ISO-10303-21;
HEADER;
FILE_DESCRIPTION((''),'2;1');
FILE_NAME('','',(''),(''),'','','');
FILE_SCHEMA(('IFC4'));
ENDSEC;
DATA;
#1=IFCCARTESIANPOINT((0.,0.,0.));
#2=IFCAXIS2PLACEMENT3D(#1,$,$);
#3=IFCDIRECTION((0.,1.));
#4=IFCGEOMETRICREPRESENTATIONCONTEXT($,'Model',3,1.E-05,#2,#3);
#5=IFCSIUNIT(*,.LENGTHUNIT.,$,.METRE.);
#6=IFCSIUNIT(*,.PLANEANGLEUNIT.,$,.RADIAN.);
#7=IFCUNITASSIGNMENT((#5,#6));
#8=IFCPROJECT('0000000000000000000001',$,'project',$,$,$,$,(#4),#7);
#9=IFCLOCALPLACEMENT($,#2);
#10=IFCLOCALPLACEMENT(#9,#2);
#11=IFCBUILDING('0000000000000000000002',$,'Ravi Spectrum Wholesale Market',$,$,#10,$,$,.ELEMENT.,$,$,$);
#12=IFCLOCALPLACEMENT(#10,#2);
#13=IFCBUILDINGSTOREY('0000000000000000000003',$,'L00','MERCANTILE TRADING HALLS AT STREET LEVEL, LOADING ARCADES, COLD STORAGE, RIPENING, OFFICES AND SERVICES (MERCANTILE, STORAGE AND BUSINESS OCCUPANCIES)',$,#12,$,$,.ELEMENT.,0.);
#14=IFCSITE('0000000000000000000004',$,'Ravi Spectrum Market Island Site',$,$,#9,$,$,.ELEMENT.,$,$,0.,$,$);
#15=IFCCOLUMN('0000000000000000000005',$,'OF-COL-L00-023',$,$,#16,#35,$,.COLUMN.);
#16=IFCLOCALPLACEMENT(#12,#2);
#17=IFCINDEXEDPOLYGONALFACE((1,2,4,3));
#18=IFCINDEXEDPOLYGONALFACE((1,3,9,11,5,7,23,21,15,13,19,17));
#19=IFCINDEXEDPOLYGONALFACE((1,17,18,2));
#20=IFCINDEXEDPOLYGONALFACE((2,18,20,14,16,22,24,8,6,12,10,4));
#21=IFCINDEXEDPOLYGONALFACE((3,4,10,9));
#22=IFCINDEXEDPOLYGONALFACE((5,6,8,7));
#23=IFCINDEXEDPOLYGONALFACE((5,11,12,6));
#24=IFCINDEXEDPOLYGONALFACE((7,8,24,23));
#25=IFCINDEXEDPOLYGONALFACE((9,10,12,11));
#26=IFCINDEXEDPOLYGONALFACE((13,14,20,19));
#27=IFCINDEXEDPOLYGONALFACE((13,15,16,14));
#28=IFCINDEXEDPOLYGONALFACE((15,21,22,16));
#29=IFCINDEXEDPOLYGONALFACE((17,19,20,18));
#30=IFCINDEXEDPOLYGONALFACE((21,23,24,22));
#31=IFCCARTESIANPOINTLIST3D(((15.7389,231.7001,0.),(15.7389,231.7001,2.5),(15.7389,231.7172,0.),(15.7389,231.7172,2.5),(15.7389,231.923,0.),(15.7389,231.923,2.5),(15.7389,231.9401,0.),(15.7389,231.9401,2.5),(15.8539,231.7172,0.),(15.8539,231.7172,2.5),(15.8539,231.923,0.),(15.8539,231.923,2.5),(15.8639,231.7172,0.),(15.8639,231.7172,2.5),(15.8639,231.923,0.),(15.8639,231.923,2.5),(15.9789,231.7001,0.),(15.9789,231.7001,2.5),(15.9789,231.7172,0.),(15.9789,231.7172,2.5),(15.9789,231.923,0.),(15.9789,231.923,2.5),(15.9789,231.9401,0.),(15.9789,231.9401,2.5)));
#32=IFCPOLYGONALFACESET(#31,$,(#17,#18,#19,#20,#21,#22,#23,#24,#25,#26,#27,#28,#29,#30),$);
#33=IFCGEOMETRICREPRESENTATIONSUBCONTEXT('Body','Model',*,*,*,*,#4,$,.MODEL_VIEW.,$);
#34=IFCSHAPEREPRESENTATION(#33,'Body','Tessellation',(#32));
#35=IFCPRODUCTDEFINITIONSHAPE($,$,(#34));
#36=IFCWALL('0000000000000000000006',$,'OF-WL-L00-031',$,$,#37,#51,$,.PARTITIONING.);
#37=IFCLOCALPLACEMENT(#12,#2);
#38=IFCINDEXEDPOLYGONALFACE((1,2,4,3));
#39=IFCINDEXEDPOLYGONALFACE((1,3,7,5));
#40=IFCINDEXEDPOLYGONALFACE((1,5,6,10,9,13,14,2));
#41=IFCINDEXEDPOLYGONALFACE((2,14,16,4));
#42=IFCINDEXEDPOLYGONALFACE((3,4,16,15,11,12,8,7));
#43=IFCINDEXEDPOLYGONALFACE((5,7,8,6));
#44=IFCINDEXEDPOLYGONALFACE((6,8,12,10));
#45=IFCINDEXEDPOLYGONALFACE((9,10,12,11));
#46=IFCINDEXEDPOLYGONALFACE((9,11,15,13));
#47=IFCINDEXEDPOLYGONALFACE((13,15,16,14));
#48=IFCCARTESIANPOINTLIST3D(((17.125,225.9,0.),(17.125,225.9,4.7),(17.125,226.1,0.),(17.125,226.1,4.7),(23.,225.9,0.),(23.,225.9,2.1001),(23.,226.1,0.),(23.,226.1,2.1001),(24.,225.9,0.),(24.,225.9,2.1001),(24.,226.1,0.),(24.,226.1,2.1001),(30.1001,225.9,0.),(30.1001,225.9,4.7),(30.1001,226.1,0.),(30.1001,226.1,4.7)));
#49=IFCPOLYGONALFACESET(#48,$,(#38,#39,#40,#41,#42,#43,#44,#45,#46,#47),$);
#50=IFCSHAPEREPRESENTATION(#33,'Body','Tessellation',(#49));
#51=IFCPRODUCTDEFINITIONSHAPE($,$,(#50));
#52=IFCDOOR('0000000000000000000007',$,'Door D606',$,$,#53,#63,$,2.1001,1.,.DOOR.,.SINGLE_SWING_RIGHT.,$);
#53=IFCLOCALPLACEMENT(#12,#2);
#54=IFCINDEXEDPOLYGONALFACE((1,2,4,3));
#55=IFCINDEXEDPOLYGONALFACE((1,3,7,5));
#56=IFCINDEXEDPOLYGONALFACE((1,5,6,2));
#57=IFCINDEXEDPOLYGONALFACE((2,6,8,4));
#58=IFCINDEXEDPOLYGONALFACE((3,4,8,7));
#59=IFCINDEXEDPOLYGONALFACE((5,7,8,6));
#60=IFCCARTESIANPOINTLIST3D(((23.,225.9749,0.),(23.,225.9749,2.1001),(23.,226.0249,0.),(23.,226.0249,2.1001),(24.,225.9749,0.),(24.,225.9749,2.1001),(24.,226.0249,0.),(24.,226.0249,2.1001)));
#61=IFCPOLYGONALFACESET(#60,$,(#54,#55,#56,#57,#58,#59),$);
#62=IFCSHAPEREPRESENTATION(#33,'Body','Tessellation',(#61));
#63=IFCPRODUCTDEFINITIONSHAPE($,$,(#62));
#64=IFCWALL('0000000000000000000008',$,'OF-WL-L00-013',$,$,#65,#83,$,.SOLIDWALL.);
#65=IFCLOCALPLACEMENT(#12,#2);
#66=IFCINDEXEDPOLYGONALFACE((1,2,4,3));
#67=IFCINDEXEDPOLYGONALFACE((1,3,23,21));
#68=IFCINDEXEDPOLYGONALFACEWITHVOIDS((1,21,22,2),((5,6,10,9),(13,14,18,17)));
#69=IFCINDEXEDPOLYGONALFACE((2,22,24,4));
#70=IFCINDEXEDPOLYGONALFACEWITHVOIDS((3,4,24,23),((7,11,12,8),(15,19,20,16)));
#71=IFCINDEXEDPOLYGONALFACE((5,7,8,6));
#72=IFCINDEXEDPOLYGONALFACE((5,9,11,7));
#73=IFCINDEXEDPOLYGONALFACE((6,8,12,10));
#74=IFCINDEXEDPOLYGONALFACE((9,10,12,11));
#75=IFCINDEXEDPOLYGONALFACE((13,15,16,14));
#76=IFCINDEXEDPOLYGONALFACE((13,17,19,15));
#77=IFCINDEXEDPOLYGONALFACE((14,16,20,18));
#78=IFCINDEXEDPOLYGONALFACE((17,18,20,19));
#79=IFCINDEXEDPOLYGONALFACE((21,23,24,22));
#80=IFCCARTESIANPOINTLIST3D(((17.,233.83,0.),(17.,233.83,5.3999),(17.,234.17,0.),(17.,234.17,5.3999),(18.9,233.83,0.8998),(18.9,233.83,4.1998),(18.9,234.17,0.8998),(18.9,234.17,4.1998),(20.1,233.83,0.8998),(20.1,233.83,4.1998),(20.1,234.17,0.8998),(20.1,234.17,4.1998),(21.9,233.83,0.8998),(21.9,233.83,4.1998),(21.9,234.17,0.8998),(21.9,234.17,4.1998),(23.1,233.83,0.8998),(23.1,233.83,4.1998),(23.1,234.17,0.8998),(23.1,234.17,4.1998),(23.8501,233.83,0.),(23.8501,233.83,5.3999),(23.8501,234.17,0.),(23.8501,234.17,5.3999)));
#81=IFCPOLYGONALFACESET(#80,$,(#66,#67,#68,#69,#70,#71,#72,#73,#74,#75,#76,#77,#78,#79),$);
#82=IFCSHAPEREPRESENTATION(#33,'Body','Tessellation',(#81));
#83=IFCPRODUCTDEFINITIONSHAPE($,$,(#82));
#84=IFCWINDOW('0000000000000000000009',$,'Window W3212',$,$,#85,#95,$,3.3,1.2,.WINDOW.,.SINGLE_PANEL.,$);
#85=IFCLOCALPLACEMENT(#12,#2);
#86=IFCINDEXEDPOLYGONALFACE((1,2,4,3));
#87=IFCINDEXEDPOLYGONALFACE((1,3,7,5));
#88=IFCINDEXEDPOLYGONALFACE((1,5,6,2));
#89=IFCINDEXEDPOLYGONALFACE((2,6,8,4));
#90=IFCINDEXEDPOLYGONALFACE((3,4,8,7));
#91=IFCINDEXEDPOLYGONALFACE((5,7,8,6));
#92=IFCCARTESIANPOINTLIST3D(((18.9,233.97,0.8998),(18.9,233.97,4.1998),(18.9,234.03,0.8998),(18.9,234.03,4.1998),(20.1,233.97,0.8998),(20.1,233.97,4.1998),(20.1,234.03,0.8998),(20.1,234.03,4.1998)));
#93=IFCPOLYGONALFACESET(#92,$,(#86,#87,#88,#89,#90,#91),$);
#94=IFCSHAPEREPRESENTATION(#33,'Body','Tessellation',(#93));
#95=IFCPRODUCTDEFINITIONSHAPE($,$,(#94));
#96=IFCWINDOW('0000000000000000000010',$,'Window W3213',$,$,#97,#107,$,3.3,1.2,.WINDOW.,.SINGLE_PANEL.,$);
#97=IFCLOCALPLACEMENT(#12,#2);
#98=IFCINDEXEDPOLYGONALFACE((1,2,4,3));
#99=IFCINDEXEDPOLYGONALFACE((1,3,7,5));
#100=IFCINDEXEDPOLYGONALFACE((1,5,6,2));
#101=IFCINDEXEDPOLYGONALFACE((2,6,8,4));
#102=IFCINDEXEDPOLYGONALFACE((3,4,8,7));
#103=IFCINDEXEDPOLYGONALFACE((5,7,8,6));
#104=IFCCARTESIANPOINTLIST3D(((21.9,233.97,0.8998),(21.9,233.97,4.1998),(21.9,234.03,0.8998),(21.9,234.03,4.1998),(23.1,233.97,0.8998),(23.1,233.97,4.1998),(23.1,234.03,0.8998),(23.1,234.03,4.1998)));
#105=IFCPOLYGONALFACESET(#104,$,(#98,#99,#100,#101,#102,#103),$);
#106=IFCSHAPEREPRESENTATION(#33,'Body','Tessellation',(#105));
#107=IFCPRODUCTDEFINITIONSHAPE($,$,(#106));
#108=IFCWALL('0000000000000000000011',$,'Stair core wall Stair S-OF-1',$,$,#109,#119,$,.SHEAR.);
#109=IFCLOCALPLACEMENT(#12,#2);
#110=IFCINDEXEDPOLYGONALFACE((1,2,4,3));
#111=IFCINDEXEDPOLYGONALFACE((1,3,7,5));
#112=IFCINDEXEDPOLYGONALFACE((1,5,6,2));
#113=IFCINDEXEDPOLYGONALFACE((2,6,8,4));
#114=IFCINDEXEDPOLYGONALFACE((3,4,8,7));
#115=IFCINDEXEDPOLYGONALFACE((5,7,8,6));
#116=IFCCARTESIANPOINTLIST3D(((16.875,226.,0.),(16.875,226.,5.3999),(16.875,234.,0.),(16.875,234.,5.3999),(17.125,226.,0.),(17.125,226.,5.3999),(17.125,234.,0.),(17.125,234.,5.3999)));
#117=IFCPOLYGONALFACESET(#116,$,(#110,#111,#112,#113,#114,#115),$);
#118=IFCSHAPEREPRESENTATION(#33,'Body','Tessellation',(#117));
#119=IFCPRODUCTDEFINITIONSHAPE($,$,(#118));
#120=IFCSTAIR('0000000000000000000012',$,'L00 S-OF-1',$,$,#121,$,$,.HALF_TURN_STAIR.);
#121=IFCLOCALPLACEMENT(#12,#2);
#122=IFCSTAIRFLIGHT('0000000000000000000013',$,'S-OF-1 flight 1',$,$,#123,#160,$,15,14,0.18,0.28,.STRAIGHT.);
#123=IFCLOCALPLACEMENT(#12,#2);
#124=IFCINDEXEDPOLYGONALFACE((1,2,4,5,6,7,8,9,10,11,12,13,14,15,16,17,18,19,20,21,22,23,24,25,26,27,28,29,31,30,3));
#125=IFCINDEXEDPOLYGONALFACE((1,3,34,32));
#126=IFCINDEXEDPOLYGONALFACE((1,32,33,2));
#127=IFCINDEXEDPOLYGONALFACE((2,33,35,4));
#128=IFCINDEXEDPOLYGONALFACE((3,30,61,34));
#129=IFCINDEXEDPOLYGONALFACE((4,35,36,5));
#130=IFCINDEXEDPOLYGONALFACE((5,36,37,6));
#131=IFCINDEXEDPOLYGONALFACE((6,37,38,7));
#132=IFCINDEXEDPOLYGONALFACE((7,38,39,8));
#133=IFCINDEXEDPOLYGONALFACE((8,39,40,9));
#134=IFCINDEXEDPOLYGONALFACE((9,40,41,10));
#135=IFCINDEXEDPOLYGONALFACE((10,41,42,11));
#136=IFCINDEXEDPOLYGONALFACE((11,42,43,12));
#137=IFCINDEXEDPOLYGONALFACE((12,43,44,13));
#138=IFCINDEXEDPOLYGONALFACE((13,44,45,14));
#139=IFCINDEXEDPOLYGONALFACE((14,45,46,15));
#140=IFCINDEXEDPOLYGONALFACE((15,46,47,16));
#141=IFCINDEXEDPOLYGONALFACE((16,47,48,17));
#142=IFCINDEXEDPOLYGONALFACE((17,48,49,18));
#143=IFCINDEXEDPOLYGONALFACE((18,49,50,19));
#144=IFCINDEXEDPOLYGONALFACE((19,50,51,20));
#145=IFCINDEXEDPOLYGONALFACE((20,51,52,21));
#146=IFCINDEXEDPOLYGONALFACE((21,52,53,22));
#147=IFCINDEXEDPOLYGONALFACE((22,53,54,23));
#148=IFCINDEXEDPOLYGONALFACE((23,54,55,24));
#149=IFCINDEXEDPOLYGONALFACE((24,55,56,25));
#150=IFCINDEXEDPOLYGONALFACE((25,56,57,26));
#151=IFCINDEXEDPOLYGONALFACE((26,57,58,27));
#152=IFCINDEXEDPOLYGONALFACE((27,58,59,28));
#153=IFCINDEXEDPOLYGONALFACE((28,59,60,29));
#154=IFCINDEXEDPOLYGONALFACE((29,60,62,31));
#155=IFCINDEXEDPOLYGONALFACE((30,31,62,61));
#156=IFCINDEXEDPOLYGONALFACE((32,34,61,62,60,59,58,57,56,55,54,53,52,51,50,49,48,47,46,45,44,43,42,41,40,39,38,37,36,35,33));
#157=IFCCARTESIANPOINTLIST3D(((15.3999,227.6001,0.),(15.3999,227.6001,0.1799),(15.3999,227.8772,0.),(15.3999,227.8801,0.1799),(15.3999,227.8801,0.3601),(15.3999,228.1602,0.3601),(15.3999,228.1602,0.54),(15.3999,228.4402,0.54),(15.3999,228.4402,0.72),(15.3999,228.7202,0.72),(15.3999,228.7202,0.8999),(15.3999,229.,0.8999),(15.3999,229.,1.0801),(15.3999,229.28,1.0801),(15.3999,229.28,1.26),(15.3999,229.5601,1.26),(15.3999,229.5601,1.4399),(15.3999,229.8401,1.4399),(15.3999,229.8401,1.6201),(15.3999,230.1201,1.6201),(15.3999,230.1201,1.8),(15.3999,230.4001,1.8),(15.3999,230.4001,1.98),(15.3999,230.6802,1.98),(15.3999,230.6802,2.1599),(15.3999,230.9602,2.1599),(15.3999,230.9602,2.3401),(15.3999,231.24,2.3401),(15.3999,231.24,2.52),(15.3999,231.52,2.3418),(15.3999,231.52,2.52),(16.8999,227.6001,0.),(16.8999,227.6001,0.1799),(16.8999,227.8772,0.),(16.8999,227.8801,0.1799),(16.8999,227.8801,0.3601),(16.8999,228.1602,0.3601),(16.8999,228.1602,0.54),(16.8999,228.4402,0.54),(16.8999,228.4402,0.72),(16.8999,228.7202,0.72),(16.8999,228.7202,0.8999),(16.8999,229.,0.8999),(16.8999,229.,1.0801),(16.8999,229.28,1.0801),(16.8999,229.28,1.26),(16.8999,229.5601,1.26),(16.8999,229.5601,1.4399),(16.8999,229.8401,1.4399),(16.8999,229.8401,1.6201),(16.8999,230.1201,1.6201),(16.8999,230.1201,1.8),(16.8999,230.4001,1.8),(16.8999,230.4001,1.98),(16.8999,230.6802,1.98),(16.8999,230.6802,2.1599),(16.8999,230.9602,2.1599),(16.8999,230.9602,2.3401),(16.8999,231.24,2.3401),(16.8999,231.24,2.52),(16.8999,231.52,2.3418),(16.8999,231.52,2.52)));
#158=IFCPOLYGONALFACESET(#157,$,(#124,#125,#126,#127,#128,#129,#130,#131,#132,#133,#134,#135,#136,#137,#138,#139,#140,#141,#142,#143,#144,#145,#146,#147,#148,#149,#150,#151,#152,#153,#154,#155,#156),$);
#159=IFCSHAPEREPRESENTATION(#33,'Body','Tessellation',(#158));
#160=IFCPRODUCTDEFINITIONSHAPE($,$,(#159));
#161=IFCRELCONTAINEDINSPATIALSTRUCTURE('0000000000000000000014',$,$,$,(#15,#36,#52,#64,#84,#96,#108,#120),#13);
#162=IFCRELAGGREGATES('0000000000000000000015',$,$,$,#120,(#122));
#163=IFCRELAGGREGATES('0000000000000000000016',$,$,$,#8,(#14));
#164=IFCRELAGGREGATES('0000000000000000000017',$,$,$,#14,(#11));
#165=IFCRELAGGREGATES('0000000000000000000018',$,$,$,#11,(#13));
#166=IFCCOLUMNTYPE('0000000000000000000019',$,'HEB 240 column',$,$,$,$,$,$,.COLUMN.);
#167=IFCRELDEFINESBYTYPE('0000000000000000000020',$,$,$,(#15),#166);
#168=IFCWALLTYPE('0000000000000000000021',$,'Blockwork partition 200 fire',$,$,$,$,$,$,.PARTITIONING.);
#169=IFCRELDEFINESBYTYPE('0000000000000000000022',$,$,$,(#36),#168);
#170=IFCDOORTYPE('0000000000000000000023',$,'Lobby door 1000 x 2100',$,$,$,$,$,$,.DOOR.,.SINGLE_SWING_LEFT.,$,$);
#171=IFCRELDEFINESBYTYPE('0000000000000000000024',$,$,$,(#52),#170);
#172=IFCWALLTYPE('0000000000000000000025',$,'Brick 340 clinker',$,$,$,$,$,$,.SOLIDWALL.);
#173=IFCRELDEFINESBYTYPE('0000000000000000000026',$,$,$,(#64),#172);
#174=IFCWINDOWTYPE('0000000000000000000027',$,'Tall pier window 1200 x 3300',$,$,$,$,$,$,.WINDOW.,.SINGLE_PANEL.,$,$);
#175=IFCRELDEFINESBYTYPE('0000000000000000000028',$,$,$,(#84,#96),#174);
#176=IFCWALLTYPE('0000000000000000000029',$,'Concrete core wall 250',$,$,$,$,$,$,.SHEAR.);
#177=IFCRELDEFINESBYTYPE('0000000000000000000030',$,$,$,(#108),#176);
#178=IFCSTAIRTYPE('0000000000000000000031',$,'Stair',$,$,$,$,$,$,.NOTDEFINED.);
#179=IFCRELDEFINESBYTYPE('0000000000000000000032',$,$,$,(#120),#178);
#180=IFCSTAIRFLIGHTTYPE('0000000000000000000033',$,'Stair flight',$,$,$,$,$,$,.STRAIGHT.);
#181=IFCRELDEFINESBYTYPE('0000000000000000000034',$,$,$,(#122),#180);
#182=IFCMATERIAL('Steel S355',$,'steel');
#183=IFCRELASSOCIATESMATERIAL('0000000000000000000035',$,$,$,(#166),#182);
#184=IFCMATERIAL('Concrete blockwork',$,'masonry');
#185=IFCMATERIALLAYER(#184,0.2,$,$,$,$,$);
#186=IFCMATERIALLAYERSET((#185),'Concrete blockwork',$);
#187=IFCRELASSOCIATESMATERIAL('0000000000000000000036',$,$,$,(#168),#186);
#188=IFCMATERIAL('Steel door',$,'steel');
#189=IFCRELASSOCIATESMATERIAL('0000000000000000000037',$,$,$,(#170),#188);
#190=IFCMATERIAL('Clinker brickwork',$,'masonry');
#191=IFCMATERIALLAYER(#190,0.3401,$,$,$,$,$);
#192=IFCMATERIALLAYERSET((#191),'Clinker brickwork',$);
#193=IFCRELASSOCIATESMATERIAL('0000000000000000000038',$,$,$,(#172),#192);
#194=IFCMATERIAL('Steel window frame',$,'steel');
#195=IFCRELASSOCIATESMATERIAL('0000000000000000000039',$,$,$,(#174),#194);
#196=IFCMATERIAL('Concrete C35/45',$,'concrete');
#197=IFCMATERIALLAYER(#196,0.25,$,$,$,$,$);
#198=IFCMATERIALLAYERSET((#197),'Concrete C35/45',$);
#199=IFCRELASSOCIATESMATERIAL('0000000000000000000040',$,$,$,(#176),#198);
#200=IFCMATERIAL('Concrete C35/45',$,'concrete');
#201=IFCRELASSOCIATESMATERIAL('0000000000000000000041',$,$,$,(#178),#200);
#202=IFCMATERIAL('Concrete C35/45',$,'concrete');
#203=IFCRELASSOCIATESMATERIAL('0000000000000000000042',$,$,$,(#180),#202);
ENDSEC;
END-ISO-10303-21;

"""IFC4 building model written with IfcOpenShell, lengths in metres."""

from ifc_helpers import new_model, si_unit, direction, frame, frame_2d, origin, origin_2d, place, context, subcontext, project, spatial, polyline, rectangle, i_section, outline, extrude, material, layer, layer_set, material_profile, profile_set, type_object, element, fill, aggregate, save


model = new_model("IFC4")

# Units and contexts
model_context = context("Model", 3, precision=1e-05, world=origin(), true_north=direction((0.0, 1.0)))
body_context = subcontext(model_context, "Body", "Model", "MODEL_VIEW")
ifc_project = project(units=[si_unit("LENGTHUNIT", "METRE"), si_unit("PLANEANGLEUNIT", "RADIAN")], contexts=[model_context])

# Site, building, storey
site_placement = place(None, origin())
site = spatial("IfcSite", under=ifc_project, at=site_placement, Name="Ravi Spectrum Market Island Site", CompositionType="ELEMENT", RefElevation=0.0)
building_placement = place(site_placement, origin())
building = spatial("IfcBuilding", under=site, at=building_placement, Name="Ravi Spectrum Wholesale Market", CompositionType="ELEMENT")
storey_placement = place(building_placement, origin())
storey = spatial("IfcBuildingStorey", under=building, at=storey_placement, Name="L00", Description="MERCANTILE TRADING HALLS AT STREET LEVEL, LOADING ARCADES, COLD STORAGE, RIPENING, OFFICES AND SERVICES (MERCANTILE, STORAGE AND BUSINESS OCCUPANCIES)", CompositionType="ELEMENT", Elevation=0.0)

# Column
ifc_material_1 = material(Name="Steel S355", Category="steel")
ifc_material_profile_1 = material_profile(ifc_material_1, i_section(OverallWidth=0.24, OverallDepth=0.24, WebThickness=0.01, FlangeThickness=0.0171, at=origin_2d()))
ifc_profile_set_1 = profile_set([ifc_material_profile_1], Name="Steel S355")
column_type = type_object("IfcColumnType", Name="HEB 240 column", PredefinedType="COLUMN", material=ifc_profile_set_1)
for number, where, z_axis, x_axis, name in (
    (1, (15.8589, 231.8201, 0.0), (0.0, 0.0, 1.0), (1.0, 0.0, 0.0), "OF-COL-L00-023"),
):
    element("IfcColumn", number, at=place(storey_placement, frame(where, z_axis=z_axis, x_axis=x_axis)), inside=storey, type_object=column_type, Name=name, PredefinedType="COLUMN", context=body_context, shape_type="SweptSolid", body=[
        extrude(i_section(OverallWidth=0.24, OverallDepth=0.24, WebThickness=0.01, FlangeThickness=0.0171, at=origin_2d()), origin(), (0.0, 0.0, 1.0), 2.5),
    ])

# Wall, opening, door
ifc_material_2 = material(Name="Concrete blockwork", Category="masonry")
ifc_layer_1 = layer(ifc_material_2, 0.2)
ifc_layer_set_1 = layer_set([ifc_layer_1], Name="Concrete blockwork")
wall_type_1 = type_object("IfcWallType", Name="Blockwork partition 200 fire", PredefinedType="PARTITIONING", material=ifc_layer_set_1)
wall_1_placement = place(storey_placement, frame((17.125, 226.0, 0.0), z_axis=(0.0, 0.0, 1.0), x_axis=(1.0, 0.0, 0.0)))
wall_1 = element("IfcWall", 2, at=wall_1_placement, inside=storey, type_object=wall_type_1, Name="OF-WL-L00-031", PredefinedType="PARTITIONING", context=body_context, shape_type="SweptSolid", body=[
    extrude(rectangle(XDim=12.9751, YDim=0.2, at=frame_2d((6.4875, 0.0))), origin(), (0.0, 0.0, 1.0), 4.7),
])
opening_1_placement = place(wall_1_placement, frame((5.875, 0.0, 0.0)))
opening_1 = element("IfcOpeningElement", 3, at=opening_1_placement, cuts=wall_1, PredefinedType="OPENING", context=body_context, shape_type="SweptSolid", body=[
    extrude(rectangle(XDim=1.0, YDim=2.1001, at=frame_2d((0.5, 1.05))), frame((0.0, 0.1099, 0.0), z_axis=(0.0, -1.0, 0.0), x_axis=(1.0, 0.0, 0.0)), (0.0, 0.0, 1.0), 0.22),
])
ifc_material_3 = material(Name="Steel door", Category="steel")
door_type = type_object("IfcDoorType", Name="Lobby door 1000 x 2100", OperationType="SINGLE_SWING_LEFT", PredefinedType="DOOR", material=ifc_material_3)
door_placement = place(opening_1_placement, origin())
door = element("IfcDoor", 4, at=door_placement, inside=storey, type_object=door_type, Name="Door D606", OperationType="SINGLE_SWING_RIGHT", OverallHeight=2.1001, OverallWidth=1.0, PredefinedType="DOOR", context=body_context, shape_type="SweptSolid", body=[
    extrude(rectangle(XDim=1.0, YDim=2.1001, at=frame_2d((0.5, 1.05))), frame((0.0, 0.0249, 0.0), z_axis=(0.0, -1.0, 0.0), x_axis=(1.0, 0.0, 0.0)), (0.0, 0.0, 1.0), 0.05),
])
fill(opening_1, door)

# Wall, openings, windows
ifc_material_4 = material(Name="Clinker brickwork", Category="masonry")
ifc_layer_2 = layer(ifc_material_4, 0.3401)
ifc_layer_set_2 = layer_set([ifc_layer_2], Name="Clinker brickwork")
wall_type_2 = type_object("IfcWallType", Name="Brick 340 clinker", PredefinedType="SOLIDWALL", material=ifc_layer_set_2)
wall_2_placement = place(storey_placement, frame((17.0, 234.0, 0.0), z_axis=(0.0, 0.0, 1.0), x_axis=(1.0, 0.0, 0.0)))
wall_2 = element("IfcWall", 5, at=wall_2_placement, inside=storey, type_object=wall_type_2, Name="OF-WL-L00-013", PredefinedType="SOLIDWALL", context=body_context, shape_type="SweptSolid", body=[
    extrude(rectangle(XDim=6.8501, YDim=0.3401, at=frame_2d((3.425, 0.0))), origin(), (0.0, 0.0, 1.0), 5.3999),
])
opening_2_placement = place(wall_2_placement, frame((1.8999, 0.0, 0.8999)))
opening_2 = element("IfcOpeningElement", 6, at=opening_2_placement, cuts=wall_2, PredefinedType="OPENING", context=body_context, shape_type="SweptSolid", body=[
    extrude(rectangle(XDim=1.2, YDim=3.3, at=frame_2d((0.6001, 1.6499))), frame((0.0, 0.1799, 0.0), z_axis=(0.0, -1.0, 0.0), x_axis=(1.0, 0.0, 0.0)), (0.0, 0.0, 1.0), 0.3601),
])
opening_3_placement = place(wall_2_placement, frame((4.8999, 0.0, 0.8999)))
opening_3 = element("IfcOpeningElement", 7, at=opening_3_placement, cuts=wall_2, PredefinedType="OPENING", context=body_context, shape_type="SweptSolid", body=[
    extrude(rectangle(XDim=1.2, YDim=3.3, at=frame_2d((0.6001, 1.6499))), frame((0.0, 0.1799, 0.0), z_axis=(0.0, -1.0, 0.0), x_axis=(1.0, 0.0, 0.0)), (0.0, 0.0, 1.0), 0.3601),
])
ifc_material_5 = material(Name="Steel window frame", Category="steel")
window_type = type_object("IfcWindowType", Name="Tall pier window 1200 x 3300", PartitioningType="SINGLE_PANEL", PredefinedType="WINDOW", material=ifc_material_5)
window_1_placement = place(opening_2_placement, origin())
window_1 = element("IfcWindow", 8, at=window_1_placement, inside=storey, type_object=window_type, Name="Window W3212", OverallHeight=3.3, OverallWidth=1.2, PartitioningType="SINGLE_PANEL", PredefinedType="WINDOW", context=body_context, shape_type="SweptSolid", body=[
    extrude(rectangle(XDim=1.2, YDim=3.3, at=frame_2d((0.6001, 1.6499))), frame((0.0, 0.03, 0.0), z_axis=(0.0, -1.0, 0.0), x_axis=(1.0, 0.0, 0.0)), (0.0, 0.0, 1.0), 0.0601),
])
fill(opening_2, window_1)
window_2_placement = place(opening_3_placement, origin())
window_2 = element("IfcWindow", 9, at=window_2_placement, inside=storey, type_object=window_type, Name="Window W3213", OverallHeight=3.3, OverallWidth=1.2, PartitioningType="SINGLE_PANEL", PredefinedType="WINDOW", context=body_context, shape_type="SweptSolid", body=[
    extrude(rectangle(XDim=1.2, YDim=3.3, at=frame_2d((0.6001, 1.6499))), frame((0.0, 0.03, 0.0), z_axis=(0.0, -1.0, 0.0), x_axis=(1.0, 0.0, 0.0)), (0.0, 0.0, 1.0), 0.0601),
])
fill(opening_3, window_2)

# Wall
ifc_material_6 = material(Name="Concrete C35/45", Category="concrete")
ifc_layer_3 = layer(ifc_material_6, 0.25)
ifc_layer_set_3 = layer_set([ifc_layer_3], Name="Concrete C35/45")
wall_type_3 = type_object("IfcWallType", Name="Concrete core wall 250", PredefinedType="SHEAR", material=ifc_layer_set_3)
wall_3_placement = place(storey_placement, frame((17.0, 226.0, 0.0), z_axis=(0.0, 0.0, 1.0), x_axis=(0.0, 1.0, 0.0)))
element("IfcWall", 10, at=wall_3_placement, inside=storey, type_object=wall_type_3, Name="Stair core wall Stair S-OF-1", PredefinedType="SHEAR", context=body_context, shape_type="SweptSolid", body=[
    extrude(rectangle(XDim=8.0, YDim=0.25, at=frame_2d((4.0, 0.0))), origin(), (0.0, 0.0, 1.0), 5.3999),
])

# Stair, stair flight
ifc_material_7 = material(Name="Concrete C35/45", Category="concrete")
stair_type = type_object("IfcStairType", Name="Stair", PredefinedType="NOTDEFINED", material=ifc_material_7)
stair_placement = place(storey_placement, origin())
stair = element("IfcStair", 11, at=stair_placement, inside=storey, type_object=stair_type, Name="L00 S-OF-1", PredefinedType="HALF_TURN_STAIR")
ifc_material_8 = material(Name="Concrete C35/45", Category="concrete")
stair_flight_type = type_object("IfcStairFlightType", Name="Stair flight", PredefinedType="STRAIGHT", material=ifc_material_8)
stair_flight_1_placement = place(storey_placement, frame((16.1499, 227.6001, 0.0), z_axis=(0.0, 0.0, 1.0), x_axis=(0.0, 1.0, 0.0)))
stair_flight_1 = element("IfcStairFlight", 12, at=stair_flight_1_placement, type_object=stair_flight_type, Name="S-OF-1 flight 1", NumberOfRisers=15, NumberOfTreads=14, PredefinedType="STRAIGHT", RiserHeight=0.18, TreadLength=0.28, context=body_context, shape_type="SweptSolid", body=[
    extrude(outline(polyline([(0.0, 0.0), (0.0, 0.1799), (0.28, 0.1799), (0.28, 0.3601), (0.5601, 0.3601), (0.5601, 0.54), (0.8401, 0.54), (0.8401, 0.72), (1.1201, 0.72), (1.1201, 0.8999), (1.3999, 0.8999), (1.3999, 1.0801), (1.6799, 1.0801), (1.6799, 1.26), (1.96, 1.26), (1.96, 1.4399), (2.24, 1.4399), (2.24, 1.6201), (2.52, 1.6201), (2.52, 1.8), (2.8, 1.8), (2.8, 1.98), (3.0801, 1.98), (3.0801, 2.1599), (3.3601, 2.1599), (3.3601, 2.3401), (3.6399, 2.3401), (3.6399, 2.52), (3.9199, 2.52), (3.9199, 2.7), (3.9199, 2.3418), (0.2771, 0.0), (0.0, 0.0)])), frame((0.0, 0.75, 0.0), z_axis=(0.0, -1.0, 0.0), x_axis=(1.0, 0.0, 0.0)), (0.0, 0.0, 1.0), 1.5),
])
aggregate(stair, [stair_flight_1])

save(model, "model.ifc")
